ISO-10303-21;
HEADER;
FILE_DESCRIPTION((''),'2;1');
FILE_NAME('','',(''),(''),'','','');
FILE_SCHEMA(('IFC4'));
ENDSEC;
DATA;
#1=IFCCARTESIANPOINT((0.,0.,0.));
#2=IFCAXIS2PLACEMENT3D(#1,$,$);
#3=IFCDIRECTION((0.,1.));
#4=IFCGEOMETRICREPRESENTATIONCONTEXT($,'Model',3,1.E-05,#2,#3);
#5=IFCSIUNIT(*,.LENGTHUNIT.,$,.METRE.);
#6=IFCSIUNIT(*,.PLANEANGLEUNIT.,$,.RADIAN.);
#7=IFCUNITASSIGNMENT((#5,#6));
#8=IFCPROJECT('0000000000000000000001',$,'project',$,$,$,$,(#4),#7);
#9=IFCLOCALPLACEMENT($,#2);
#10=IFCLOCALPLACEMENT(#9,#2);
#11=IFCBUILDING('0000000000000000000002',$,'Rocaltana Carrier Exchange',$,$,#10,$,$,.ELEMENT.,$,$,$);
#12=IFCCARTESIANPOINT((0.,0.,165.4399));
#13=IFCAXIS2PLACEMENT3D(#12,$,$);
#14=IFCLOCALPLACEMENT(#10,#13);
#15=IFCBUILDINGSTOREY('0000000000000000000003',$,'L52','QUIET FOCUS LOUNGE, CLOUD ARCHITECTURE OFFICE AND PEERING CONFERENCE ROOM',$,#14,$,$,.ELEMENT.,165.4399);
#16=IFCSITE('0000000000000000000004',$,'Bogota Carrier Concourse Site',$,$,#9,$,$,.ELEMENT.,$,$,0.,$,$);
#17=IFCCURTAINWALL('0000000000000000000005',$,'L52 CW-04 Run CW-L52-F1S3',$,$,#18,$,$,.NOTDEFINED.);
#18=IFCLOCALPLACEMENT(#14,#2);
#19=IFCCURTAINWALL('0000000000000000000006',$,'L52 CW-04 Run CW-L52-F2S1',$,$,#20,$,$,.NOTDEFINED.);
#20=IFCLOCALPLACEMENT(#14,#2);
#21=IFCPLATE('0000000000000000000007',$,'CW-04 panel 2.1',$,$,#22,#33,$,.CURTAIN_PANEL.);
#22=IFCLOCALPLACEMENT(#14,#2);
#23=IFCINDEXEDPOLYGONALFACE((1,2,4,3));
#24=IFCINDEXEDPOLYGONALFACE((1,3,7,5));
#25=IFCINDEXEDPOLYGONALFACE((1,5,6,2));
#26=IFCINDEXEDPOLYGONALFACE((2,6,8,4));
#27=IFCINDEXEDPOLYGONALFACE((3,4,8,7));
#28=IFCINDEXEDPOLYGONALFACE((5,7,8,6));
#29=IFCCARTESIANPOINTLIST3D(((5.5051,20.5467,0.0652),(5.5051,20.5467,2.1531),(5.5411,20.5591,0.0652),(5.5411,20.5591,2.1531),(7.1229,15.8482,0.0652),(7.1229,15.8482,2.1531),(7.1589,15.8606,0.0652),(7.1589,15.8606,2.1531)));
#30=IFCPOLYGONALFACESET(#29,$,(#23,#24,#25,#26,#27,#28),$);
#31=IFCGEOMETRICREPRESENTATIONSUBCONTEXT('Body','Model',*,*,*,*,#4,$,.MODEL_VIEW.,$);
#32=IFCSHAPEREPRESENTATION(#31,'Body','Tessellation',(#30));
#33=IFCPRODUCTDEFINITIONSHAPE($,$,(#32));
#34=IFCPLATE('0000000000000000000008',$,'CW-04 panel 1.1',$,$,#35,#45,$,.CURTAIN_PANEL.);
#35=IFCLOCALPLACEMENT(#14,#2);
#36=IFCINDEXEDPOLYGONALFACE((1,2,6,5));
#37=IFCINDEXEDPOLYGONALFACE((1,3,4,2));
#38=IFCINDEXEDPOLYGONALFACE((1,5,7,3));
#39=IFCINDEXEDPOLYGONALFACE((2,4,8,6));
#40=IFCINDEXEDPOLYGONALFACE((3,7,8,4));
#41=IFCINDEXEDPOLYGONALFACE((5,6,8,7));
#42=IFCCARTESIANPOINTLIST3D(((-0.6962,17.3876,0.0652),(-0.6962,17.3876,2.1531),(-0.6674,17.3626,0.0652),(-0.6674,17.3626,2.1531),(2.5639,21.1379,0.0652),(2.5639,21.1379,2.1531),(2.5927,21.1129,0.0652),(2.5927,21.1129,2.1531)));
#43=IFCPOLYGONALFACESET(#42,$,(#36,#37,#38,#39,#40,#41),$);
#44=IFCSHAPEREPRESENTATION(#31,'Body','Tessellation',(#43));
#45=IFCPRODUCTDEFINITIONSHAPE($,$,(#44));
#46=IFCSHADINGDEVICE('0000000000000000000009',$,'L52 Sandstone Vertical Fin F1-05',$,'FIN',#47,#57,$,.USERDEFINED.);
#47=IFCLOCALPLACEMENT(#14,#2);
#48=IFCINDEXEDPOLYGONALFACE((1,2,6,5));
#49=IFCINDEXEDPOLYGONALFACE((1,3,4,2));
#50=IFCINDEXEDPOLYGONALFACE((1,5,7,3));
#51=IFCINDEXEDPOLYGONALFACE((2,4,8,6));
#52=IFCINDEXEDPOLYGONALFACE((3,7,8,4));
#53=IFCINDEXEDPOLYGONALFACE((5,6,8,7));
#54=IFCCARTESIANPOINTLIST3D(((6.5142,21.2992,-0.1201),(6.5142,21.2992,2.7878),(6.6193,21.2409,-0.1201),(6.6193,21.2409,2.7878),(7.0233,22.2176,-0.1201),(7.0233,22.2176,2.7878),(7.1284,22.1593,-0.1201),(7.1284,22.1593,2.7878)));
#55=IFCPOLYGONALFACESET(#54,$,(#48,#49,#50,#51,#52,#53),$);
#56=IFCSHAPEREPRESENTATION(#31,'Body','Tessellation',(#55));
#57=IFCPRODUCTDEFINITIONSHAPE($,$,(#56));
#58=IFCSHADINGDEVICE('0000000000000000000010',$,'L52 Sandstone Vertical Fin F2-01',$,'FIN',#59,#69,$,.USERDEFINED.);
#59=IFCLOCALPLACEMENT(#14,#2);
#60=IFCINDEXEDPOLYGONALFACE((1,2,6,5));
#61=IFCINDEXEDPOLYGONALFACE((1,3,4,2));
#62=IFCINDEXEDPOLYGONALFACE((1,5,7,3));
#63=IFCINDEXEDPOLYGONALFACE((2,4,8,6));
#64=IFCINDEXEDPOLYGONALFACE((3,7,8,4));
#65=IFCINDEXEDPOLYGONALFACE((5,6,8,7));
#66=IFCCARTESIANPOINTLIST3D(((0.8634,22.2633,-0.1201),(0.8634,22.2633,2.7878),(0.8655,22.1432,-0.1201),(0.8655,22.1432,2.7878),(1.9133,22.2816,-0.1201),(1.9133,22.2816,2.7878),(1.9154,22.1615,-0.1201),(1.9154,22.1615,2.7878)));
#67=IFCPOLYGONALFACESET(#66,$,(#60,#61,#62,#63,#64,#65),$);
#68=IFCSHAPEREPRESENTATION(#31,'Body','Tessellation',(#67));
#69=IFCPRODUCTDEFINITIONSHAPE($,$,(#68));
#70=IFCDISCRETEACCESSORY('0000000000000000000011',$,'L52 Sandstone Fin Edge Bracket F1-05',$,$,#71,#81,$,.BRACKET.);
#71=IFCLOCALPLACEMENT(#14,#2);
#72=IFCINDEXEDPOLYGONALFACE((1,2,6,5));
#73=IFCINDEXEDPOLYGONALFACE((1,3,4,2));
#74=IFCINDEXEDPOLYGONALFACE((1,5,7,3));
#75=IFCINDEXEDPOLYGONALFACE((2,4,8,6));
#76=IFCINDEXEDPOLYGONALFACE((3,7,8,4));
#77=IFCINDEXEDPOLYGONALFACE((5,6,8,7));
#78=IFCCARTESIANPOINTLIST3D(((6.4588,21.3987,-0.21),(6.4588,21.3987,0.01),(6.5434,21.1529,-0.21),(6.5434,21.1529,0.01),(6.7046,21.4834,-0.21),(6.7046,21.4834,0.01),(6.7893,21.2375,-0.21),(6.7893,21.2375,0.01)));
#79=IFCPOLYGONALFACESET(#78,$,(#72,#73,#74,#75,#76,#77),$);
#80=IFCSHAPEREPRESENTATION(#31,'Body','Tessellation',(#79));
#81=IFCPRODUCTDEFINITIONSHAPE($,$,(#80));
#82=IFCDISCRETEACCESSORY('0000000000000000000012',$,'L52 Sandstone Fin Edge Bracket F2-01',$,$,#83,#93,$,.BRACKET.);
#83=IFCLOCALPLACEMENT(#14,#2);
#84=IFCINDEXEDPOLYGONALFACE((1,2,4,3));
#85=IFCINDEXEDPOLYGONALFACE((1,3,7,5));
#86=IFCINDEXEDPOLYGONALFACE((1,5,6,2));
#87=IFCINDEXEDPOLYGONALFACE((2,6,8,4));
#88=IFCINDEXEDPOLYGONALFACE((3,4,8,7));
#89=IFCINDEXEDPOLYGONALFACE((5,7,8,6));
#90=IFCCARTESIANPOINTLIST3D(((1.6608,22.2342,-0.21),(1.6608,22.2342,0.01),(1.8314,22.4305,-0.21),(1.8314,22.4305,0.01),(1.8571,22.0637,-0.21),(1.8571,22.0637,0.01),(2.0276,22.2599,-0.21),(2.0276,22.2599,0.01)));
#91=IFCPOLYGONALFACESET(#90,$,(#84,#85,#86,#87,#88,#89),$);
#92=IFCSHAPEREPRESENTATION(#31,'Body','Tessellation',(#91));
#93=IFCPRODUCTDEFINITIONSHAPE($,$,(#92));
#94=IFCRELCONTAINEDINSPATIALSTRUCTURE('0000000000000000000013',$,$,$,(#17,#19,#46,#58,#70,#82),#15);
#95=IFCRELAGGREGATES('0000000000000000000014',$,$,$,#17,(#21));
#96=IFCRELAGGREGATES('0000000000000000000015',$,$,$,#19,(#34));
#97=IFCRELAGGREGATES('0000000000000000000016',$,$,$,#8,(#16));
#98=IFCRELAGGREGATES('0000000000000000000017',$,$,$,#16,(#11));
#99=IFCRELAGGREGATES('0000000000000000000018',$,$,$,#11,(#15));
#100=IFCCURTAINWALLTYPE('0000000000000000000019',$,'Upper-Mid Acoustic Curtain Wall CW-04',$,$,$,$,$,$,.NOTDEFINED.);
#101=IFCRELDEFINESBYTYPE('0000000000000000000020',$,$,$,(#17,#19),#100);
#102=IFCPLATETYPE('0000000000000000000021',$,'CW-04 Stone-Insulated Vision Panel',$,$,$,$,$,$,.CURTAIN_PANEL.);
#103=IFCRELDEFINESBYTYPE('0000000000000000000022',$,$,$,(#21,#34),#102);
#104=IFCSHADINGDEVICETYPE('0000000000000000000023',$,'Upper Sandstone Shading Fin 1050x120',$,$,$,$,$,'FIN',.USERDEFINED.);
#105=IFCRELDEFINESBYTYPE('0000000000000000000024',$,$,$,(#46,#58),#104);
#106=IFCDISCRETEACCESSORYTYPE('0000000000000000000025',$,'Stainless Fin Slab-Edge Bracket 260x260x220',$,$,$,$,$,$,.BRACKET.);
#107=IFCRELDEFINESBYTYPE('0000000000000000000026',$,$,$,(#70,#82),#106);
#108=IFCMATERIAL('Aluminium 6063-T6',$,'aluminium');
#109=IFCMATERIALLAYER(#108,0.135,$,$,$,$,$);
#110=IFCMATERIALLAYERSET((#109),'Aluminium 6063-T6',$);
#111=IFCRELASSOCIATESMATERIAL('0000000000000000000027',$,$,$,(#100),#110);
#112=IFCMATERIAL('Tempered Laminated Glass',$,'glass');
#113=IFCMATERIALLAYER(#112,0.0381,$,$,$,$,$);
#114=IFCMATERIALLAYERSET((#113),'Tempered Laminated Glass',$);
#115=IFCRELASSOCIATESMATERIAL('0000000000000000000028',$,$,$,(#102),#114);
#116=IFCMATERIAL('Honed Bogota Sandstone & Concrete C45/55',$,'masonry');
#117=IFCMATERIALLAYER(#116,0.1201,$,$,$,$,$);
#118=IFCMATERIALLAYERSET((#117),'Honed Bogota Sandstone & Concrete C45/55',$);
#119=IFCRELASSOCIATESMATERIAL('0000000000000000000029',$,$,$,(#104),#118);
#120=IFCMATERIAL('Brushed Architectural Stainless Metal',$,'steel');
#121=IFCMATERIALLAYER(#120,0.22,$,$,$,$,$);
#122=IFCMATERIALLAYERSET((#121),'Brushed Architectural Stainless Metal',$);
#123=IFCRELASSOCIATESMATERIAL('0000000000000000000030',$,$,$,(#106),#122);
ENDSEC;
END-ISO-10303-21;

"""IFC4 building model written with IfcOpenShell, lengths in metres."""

from ifc_helpers import new_model, si_unit, direction, frame, origin, origin_2d, place, context, subcontext, project, spatial, rectangle, extrude, material, layer, layer_set, type_object, element, aggregate, save


model = new_model("IFC4")

# Units and contexts
model_context = context("Model", 3, precision=1e-05, world=origin(), true_north=direction((0.0, 1.0)))
body_context = subcontext(model_context, "Body", "Model", "MODEL_VIEW")
ifc_project = project(units=[si_unit("LENGTHUNIT", "METRE"), si_unit("PLANEANGLEUNIT", "RADIAN")], contexts=[model_context])

# Site, building, storey
site_placement = place(None, origin())
site = spatial("IfcSite", under=ifc_project, at=site_placement, Name="Bogota Carrier Concourse Site", CompositionType="ELEMENT", RefElevation=0.0)
building_placement = place(site_placement, origin())
building = spatial("IfcBuilding", under=site, at=building_placement, Name="Rocaltana Carrier Exchange", CompositionType="ELEMENT")
storey_placement = place(building_placement, frame((0.0, 0.0, 165.4399)))
storey = spatial("IfcBuildingStorey", under=building, at=storey_placement, Name="L52", Description="QUIET FOCUS LOUNGE, CLOUD ARCHITECTURE OFFICE AND PEERING CONFERENCE ROOM", CompositionType="ELEMENT", Elevation=165.4399)

# Curtain wall
ifc_material_1 = material(Name="Aluminium 6063-T6", Category="aluminium")
ifc_layer_1 = layer(ifc_material_1, 0.135)
ifc_layer_set_1 = layer_set([ifc_layer_1], Name="Aluminium 6063-T6")
curtain_wall_type = type_object("IfcCurtainWallType", Name="Upper-Mid Acoustic Curtain Wall CW-04", PredefinedType="NOTDEFINED", material=ifc_layer_set_1)
curtain_wall_1_placement = place(storey_placement, origin())
curtain_wall_1 = element("IfcCurtainWall", 1, at=curtain_wall_1_placement, inside=storey, type_object=curtain_wall_type, Name="L52 CW-04 Run CW-L52-F1S3", PredefinedType="NOTDEFINED")

# Curtain wall
curtain_wall_2_placement = place(storey_placement, origin())
curtain_wall_2 = element("IfcCurtainWall", 2, at=curtain_wall_2_placement, inside=storey, type_object=curtain_wall_type, Name="L52 CW-04 Run CW-L52-F2S1", PredefinedType="NOTDEFINED")

# Plates
ifc_material_2 = material(Name="Tempered Laminated Glass", Category="glass")
ifc_layer_2 = layer(ifc_material_2, 0.0381)
ifc_layer_set_2 = layer_set([ifc_layer_2], Name="Tempered Laminated Glass")
plate_type = type_object("IfcPlateType", Name="CW-04 Stone-Insulated Vision Panel", PredefinedType="CURTAIN_PANEL", material=ifc_layer_set_2)
plate_1_placement = place(storey_placement, frame((6.332, 18.2036, 0.0652), z_axis=(0.0, 0.0, 1.0), x_axis=(-0.325559, 0.945522, 0.0)))
plate_1 = element("IfcPlate", 3, at=plate_1_placement, type_object=plate_type, Name="CW-04 panel 2.1", PredefinedType="CURTAIN_PANEL", context=body_context, shape_type="SweptSolid", body=[
    extrude(rectangle(XDim=4.9692, YDim=0.0381, at=origin_2d()), origin(), (0.0, 0.0, 1.0), 2.0879),
])
aggregate(curtain_wall_1, [plate_1])
plate_2_placement = place(storey_placement, frame((0.9482, 19.2502, 0.0652), z_axis=(0.0, 0.0, 1.0), x_axis=(-0.656057, -0.754712, 0.0)))
plate_2 = element("IfcPlate", 4, at=plate_2_placement, type_object=plate_type, Name="CW-04 panel 1.1", PredefinedType="CURTAIN_PANEL", context=body_context, shape_type="SweptSolid", body=[
    extrude(rectangle(XDim=4.9692, YDim=0.0381, at=origin_2d()), origin(), (0.0, 0.0, 1.0), 2.0879),
])
aggregate(curtain_wall_2, [plate_2])

# Shading devices
ifc_material_3 = material(Name="Honed Bogota Sandstone & Concrete C45/55", Category="masonry")
ifc_layer_3 = layer(ifc_material_3, 0.1201)
ifc_layer_set_3 = layer_set([ifc_layer_3], Name="Honed Bogota Sandstone & Concrete C45/55")
shading_device_type = type_object("IfcShadingDeviceType", Name="Upper Sandstone Shading Fin 1050x120", ElementType="FIN", PredefinedType="USERDEFINED", material=ifc_layer_set_3)
for number, where, z_axis, x_axis, name in (
    (5, (6.8213, 21.7292, -0.1201), (0.0, 0.0, 1.0), (0.48481, 0.87462, 0.0), "L52 Sandstone Vertical Fin F1-05"),
    (6, (1.3894, 22.2124, -0.1201), (0.0, 0.0, 1.0), (-0.999848, -0.017452, 0.0), "L52 Sandstone Vertical Fin F2-01"),
):
    element("IfcShadingDevice", number, at=place(storey_placement, frame(where, z_axis=z_axis, x_axis=x_axis)), inside=storey, type_object=shading_device_type, Name=name, ObjectType="FIN", PredefinedType="USERDEFINED", context=body_context, shape_type="SweptSolid", body=[
        extrude(rectangle(XDim=1.05, YDim=0.1201, at=origin_2d()), origin(), (0.0, 0.0, 1.0), 2.908),
    ])

# Discrete accessories
ifc_material_4 = material(Name="Brushed Architectural Stainless Metal", Category="steel")
ifc_layer_4 = layer(ifc_material_4, 0.22)
ifc_layer_set_4 = layer_set([ifc_layer_4], Name="Brushed Architectural Stainless Metal")
discrete_accessory_type = type_object("IfcDiscreteAccessoryType", Name="Stainless Fin Slab-Edge Bracket 260x260x220", PredefinedType="BRACKET", material=ifc_layer_set_4)
for number, where, z_axis, x_axis, name in (
    (7, (6.624, 21.3181, -0.21), (0.0, 0.0, 1.0), (-0.325568, 0.945519, 0.0), "L52 Sandstone Fin Edge Bracket F1-05"),
    (8, (1.8442, 22.2471, -0.21), (0.0, 0.0, 1.0), (-0.656059, -0.75471, 0.0), "L52 Sandstone Fin Edge Bracket F2-01"),
):
    element("IfcDiscreteAccessory", number, at=place(storey_placement, frame(where, z_axis=z_axis, x_axis=x_axis)), inside=storey, type_object=discrete_accessory_type, Name=name, PredefinedType="BRACKET", context=body_context, shape_type="SweptSolid", body=[
        extrude(rectangle(XDim=0.26, YDim=0.26, at=origin_2d()), origin(), (0.0, 0.0, 1.0), 0.22),
    ])

save(model, "model.ifc")
